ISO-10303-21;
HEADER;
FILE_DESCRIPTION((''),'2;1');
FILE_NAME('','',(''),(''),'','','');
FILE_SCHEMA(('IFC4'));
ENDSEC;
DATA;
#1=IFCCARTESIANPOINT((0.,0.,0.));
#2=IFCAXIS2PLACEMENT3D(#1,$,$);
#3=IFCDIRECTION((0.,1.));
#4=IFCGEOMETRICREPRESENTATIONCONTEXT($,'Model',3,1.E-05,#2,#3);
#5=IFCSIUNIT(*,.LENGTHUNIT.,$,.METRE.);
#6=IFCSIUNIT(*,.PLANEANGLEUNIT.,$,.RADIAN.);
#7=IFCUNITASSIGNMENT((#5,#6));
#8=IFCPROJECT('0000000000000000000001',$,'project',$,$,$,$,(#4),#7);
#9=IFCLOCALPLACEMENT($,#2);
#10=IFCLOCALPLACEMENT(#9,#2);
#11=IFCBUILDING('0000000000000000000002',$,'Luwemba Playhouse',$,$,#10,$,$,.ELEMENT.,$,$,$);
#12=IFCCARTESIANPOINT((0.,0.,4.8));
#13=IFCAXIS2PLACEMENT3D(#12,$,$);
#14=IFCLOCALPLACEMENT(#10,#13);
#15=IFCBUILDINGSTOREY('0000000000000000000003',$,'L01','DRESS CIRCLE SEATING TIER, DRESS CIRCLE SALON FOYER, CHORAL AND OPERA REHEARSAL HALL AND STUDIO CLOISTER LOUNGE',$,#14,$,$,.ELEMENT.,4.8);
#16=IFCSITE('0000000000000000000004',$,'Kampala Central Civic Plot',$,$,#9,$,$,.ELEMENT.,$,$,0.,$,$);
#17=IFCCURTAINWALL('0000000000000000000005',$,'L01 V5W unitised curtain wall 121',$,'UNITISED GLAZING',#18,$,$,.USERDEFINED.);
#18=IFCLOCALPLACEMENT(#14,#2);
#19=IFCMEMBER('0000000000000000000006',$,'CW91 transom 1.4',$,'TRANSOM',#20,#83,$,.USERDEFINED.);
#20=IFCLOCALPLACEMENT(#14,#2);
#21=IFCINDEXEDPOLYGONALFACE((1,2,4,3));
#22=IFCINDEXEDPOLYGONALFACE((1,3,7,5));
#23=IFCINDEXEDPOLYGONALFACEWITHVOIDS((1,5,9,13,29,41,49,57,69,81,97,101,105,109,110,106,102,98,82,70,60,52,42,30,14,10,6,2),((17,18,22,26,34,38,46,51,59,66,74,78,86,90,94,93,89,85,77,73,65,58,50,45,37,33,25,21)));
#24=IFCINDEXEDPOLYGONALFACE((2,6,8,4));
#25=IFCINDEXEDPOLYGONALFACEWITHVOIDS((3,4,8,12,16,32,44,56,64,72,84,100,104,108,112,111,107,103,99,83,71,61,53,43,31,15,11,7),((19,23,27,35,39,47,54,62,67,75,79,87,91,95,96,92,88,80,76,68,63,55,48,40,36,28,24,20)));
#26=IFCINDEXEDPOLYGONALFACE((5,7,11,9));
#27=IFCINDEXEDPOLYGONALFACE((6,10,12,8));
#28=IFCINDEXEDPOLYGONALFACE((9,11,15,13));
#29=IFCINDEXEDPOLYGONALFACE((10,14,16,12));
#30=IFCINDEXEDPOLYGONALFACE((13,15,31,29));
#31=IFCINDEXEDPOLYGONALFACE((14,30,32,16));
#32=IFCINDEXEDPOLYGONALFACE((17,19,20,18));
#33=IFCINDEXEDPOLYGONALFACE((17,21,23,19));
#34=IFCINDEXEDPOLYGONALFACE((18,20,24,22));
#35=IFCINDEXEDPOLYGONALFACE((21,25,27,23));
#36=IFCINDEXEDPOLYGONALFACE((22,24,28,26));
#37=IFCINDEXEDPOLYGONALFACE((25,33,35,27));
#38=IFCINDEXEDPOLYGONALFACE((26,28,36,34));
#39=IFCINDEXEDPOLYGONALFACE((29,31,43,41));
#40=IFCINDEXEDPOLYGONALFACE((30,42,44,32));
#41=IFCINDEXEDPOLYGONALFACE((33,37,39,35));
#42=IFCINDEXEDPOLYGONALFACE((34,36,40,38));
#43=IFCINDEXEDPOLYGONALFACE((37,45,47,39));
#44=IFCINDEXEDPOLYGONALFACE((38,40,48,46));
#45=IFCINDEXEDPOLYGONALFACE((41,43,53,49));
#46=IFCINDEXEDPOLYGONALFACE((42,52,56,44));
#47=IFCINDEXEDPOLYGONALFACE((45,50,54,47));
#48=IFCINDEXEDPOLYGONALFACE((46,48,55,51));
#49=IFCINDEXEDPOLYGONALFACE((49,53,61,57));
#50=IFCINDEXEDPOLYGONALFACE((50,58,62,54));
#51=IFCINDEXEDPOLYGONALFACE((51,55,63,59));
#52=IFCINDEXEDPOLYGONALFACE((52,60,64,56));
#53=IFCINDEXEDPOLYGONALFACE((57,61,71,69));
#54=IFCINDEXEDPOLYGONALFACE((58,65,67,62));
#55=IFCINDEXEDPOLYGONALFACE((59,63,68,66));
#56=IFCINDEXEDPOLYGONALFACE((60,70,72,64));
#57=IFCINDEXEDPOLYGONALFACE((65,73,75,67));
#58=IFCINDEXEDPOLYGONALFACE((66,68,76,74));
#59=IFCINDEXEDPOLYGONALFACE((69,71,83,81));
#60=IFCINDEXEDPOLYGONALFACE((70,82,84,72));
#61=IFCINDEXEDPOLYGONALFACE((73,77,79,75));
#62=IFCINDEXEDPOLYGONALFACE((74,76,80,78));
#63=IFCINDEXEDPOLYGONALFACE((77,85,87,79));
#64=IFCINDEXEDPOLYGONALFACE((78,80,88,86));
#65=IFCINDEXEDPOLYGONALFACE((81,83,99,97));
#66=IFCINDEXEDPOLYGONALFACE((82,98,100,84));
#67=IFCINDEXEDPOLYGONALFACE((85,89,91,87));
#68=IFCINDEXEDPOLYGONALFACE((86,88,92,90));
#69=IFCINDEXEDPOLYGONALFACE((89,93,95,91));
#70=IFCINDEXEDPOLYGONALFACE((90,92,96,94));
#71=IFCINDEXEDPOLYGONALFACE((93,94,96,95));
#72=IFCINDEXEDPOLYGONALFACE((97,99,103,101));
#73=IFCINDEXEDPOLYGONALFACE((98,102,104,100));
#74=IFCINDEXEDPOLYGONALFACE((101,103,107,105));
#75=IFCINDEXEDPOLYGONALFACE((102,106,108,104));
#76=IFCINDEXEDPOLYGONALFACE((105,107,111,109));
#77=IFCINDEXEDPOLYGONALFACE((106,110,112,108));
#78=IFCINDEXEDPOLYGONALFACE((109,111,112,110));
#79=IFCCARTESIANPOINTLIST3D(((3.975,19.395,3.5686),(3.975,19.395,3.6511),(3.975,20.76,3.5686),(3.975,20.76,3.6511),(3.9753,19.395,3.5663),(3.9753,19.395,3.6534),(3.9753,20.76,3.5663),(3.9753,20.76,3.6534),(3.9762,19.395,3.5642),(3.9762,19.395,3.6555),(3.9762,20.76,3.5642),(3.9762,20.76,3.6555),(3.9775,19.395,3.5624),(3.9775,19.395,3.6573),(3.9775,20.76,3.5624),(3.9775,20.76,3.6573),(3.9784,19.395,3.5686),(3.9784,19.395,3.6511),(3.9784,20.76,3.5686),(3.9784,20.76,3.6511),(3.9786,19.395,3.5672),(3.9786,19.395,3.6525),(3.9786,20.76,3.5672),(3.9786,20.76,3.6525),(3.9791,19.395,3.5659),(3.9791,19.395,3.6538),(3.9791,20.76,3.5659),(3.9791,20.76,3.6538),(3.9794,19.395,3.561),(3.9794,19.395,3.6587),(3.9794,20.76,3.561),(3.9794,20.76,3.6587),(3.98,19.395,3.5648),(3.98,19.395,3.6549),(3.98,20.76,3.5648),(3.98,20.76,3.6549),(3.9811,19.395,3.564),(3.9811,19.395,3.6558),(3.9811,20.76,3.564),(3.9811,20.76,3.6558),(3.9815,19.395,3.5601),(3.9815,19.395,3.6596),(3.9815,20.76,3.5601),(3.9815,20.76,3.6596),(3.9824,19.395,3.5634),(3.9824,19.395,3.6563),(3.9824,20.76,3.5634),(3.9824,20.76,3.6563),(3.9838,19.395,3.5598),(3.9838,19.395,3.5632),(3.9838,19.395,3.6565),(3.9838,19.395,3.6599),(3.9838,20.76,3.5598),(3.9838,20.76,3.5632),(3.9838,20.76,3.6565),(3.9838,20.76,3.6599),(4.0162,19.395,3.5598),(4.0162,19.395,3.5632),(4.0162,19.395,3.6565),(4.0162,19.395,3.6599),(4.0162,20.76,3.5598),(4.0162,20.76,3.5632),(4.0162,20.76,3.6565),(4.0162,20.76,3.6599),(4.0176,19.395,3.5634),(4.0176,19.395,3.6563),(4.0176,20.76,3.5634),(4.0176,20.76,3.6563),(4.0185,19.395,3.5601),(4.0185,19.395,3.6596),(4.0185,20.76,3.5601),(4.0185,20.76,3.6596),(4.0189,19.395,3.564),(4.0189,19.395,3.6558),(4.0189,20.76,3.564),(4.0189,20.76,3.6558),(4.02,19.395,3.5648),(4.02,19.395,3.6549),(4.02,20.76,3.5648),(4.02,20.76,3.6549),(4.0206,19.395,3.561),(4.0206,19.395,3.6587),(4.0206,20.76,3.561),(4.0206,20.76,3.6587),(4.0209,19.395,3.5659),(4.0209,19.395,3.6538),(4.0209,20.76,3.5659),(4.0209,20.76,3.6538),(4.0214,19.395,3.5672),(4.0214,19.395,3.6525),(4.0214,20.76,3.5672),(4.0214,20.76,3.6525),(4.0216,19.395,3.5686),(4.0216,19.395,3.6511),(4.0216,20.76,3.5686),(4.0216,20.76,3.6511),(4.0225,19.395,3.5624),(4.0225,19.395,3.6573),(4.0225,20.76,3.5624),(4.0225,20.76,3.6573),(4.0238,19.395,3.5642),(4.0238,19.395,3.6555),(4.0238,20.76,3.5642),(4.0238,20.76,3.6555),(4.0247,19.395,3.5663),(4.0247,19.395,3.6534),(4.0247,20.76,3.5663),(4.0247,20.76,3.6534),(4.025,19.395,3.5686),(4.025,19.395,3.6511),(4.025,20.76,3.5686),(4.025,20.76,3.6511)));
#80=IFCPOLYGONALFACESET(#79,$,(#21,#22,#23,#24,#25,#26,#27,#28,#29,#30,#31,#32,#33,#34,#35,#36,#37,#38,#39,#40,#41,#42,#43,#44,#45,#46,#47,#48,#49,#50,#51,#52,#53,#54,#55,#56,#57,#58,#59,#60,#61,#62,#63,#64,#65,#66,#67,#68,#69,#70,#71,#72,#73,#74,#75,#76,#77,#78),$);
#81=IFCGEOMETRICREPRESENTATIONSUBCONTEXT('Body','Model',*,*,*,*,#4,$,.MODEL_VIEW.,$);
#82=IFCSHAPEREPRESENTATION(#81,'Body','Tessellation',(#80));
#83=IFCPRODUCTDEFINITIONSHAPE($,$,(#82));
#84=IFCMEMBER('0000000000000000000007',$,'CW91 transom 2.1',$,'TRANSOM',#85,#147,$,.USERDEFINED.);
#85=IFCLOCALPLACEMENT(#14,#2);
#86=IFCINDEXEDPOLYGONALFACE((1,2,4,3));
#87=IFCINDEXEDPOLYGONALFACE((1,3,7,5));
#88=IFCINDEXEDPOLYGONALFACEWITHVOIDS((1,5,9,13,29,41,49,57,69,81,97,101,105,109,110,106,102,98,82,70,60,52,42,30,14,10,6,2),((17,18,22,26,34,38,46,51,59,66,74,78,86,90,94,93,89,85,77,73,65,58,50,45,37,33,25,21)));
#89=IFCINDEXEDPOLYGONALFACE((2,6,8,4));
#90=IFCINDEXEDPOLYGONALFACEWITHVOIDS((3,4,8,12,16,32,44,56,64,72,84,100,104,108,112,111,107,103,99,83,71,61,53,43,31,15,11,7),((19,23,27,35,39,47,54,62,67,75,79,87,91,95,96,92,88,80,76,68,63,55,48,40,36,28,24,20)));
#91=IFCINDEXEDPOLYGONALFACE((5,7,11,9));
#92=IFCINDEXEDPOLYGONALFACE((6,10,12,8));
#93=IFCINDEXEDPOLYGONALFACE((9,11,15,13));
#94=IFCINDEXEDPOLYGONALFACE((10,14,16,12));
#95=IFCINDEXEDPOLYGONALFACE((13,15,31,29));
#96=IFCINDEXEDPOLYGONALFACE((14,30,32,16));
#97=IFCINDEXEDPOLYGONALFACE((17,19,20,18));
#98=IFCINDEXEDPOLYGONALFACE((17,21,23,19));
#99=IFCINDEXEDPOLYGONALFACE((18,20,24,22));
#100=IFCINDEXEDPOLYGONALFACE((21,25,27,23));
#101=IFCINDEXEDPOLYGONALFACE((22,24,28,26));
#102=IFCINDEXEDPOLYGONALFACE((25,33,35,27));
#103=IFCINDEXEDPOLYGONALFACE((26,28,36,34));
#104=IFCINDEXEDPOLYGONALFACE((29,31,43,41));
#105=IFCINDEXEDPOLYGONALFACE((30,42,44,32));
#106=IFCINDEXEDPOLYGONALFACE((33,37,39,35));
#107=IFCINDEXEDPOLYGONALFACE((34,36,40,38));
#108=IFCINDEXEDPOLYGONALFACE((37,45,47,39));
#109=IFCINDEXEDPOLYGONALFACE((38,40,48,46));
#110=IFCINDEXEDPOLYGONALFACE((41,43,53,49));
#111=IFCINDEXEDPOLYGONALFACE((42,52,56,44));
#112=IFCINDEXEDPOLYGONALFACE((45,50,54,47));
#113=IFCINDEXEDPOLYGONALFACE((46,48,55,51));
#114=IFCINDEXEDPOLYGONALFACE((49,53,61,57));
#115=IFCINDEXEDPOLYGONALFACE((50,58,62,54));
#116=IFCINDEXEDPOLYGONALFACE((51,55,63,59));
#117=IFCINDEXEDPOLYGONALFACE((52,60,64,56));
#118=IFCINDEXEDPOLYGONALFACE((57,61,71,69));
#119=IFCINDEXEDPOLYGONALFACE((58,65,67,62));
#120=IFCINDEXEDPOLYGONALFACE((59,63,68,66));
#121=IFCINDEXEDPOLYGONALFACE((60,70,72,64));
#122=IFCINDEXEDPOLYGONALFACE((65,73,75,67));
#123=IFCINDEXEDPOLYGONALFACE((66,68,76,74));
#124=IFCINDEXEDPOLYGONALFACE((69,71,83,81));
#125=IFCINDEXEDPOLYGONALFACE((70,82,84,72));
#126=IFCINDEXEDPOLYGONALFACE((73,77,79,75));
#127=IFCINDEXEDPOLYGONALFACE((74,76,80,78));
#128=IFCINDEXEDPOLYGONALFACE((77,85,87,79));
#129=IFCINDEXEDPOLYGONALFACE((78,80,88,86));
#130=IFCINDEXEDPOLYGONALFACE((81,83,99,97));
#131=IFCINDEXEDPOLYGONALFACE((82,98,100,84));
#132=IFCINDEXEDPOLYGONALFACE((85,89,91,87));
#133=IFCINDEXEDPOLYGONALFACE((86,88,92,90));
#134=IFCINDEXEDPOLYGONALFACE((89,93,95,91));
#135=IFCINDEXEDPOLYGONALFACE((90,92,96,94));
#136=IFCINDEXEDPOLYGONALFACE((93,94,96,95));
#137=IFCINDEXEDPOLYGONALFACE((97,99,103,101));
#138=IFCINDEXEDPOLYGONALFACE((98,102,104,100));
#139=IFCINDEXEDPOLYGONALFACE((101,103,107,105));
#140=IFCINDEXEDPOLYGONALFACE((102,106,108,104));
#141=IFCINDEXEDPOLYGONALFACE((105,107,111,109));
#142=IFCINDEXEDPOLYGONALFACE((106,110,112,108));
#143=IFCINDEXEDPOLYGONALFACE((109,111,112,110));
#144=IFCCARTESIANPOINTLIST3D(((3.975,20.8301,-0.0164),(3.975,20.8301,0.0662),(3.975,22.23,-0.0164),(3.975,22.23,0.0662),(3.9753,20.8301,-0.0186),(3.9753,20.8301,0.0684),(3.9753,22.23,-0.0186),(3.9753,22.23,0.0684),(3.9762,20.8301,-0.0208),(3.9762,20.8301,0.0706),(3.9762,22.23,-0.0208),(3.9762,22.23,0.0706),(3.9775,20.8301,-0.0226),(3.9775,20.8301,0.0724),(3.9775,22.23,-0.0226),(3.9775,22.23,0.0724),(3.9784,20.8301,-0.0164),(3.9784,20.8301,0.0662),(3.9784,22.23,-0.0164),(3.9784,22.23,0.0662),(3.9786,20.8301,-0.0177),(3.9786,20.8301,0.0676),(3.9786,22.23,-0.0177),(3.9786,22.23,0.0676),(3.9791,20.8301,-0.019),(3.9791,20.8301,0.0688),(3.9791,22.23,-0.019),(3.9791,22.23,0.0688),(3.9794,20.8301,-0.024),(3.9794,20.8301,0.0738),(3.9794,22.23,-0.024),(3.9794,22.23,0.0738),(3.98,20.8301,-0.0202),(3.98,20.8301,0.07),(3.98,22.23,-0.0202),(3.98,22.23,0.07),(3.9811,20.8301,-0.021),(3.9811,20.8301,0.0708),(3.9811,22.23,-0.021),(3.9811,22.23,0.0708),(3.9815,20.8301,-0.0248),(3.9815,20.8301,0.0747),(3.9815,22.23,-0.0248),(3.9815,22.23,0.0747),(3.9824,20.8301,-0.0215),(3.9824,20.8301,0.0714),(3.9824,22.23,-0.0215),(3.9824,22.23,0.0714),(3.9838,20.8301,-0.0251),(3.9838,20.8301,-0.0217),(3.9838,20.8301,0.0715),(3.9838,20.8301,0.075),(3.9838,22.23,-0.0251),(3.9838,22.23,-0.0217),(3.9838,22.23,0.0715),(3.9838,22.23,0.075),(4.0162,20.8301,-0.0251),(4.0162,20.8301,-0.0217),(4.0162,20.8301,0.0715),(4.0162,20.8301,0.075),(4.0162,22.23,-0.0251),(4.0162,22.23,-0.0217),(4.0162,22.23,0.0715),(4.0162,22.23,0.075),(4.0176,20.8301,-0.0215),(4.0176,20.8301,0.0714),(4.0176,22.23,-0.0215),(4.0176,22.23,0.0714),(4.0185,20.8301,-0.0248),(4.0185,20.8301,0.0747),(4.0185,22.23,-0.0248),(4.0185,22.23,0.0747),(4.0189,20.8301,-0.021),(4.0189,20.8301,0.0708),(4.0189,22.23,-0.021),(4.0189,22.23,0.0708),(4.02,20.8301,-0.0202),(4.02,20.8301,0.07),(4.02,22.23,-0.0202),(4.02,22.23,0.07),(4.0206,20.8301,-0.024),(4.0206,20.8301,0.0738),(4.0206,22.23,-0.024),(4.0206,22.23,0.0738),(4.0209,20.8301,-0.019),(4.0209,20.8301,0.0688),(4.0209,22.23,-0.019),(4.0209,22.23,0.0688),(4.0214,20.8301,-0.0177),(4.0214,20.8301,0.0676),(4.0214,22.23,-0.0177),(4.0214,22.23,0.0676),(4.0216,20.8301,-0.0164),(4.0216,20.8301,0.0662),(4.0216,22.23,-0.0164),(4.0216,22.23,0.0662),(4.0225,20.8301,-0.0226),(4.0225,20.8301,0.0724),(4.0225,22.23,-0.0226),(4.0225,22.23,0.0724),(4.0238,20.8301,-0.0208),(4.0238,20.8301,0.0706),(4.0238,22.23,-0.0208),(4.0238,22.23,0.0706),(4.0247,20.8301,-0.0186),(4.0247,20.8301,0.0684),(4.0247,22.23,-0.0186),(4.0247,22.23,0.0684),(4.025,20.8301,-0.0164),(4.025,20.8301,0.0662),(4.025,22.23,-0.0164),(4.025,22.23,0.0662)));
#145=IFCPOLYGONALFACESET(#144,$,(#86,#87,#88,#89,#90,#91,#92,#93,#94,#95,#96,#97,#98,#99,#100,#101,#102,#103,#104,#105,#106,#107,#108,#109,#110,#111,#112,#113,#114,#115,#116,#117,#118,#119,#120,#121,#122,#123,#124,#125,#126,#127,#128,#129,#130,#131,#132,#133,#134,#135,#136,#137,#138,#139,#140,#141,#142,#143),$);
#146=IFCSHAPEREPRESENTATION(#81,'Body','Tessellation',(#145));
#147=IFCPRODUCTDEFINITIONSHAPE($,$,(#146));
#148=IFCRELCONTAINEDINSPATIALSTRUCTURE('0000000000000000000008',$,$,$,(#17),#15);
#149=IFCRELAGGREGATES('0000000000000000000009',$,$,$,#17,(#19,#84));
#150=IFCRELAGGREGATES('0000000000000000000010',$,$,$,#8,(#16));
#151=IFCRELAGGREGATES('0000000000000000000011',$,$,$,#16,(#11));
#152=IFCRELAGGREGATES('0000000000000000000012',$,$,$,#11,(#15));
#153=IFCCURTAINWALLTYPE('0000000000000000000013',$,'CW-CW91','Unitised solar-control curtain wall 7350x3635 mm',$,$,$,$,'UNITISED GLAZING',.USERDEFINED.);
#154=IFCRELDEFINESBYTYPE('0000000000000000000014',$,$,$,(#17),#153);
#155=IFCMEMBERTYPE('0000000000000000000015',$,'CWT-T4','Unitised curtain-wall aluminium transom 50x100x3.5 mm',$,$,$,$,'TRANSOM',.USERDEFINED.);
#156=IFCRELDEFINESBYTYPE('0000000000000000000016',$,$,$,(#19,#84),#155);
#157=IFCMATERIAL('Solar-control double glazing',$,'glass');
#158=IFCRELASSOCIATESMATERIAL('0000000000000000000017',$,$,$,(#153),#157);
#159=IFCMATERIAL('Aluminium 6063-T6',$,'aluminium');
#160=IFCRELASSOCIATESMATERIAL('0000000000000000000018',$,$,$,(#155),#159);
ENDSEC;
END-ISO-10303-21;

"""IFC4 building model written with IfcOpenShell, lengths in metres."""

from ifc_helpers import new_model, si_unit, direction, frame, origin, origin_2d, place, context, subcontext, project, spatial, hollow_rectangle, extrude, material, material_profile, profile_set, type_object, element, aggregate, save


model = new_model("IFC4")

# Units and contexts
model_context = context("Model", 3, precision=1e-05, world=origin(), true_north=direction((0.0, 1.0)))
body_context = subcontext(model_context, "Body", "Model", "MODEL_VIEW")
ifc_project = project(units=[si_unit("LENGTHUNIT", "METRE"), si_unit("PLANEANGLEUNIT", "RADIAN")], contexts=[model_context])

# Site, building, storey
site_placement = place(None, origin())
site = spatial("IfcSite", under=ifc_project, at=site_placement, Name="Kampala Central Civic Plot", CompositionType="ELEMENT", RefElevation=0.0)
building_placement = place(site_placement, origin())
building = spatial("IfcBuilding", under=site, at=building_placement, Name="Luwemba Playhouse", CompositionType="ELEMENT")
storey_placement = place(building_placement, frame((0.0, 0.0, 4.8)))
storey = spatial("IfcBuildingStorey", under=building, at=storey_placement, Name="L01", Description="DRESS CIRCLE SEATING TIER, DRESS CIRCLE SALON FOYER, CHORAL AND OPERA REHEARSAL HALL AND STUDIO CLOISTER LOUNGE", CompositionType="ELEMENT", Elevation=4.8)

# Curtain wall
ifc_material_1 = material(Name="Solar-control double glazing", Category="glass")
ifc_material_2 = material(Name="Aluminium 6063-T6", Category="aluminium")
curtain_wall_type_1 = type_object("IfcCurtainWallType", Name="CW-CW91", Description="Unitised solar-control curtain wall 7350x3635 mm", ElementType="UNITISED GLAZING", PredefinedType="USERDEFINED", material=ifc_material_1)
curtain_wall_1_placement = place(storey_placement, origin())
curtain_wall_1 = element("IfcCurtainWall", 1, at=curtain_wall_1_placement, inside=storey, type_object=curtain_wall_type_1, Name="L01 V5W unitised curtain wall 121", ObjectType="UNITISED GLAZING", PredefinedType="USERDEFINED")

# Members
ifc_material_profile_1 = material_profile(ifc_material_2, hollow_rectangle(XDim=0.05, YDim=0.1001, WallThickness=0.0034, InnerFilletRadius=0.0054, OuterFilletRadius=0.0088, at=origin_2d()))
ifc_profile_set_1 = profile_set([ifc_material_profile_1], Name="Aluminium 6063-T6")
member_type_1 = type_object("IfcMemberType", Name="CWT-T4", Description="Unitised curtain-wall aluminium transom 50x100x3.5 mm", ElementType="TRANSOM", PredefinedType="USERDEFINED", material=ifc_profile_set_1)
member_1_placement = place(storey_placement, frame((4.0, 19.395, 3.6099), z_axis=(0.0, 1.0, 0.0), x_axis=(-1.0, 0.0, 0.0)))
member_1 = element("IfcMember", 2, at=member_1_placement, type_object=member_type_1, Name="CW91 transom 1.4", ObjectType="TRANSOM", PredefinedType="USERDEFINED", context=body_context, shape_type="SweptSolid", body=[
    extrude(hollow_rectangle(XDim=0.05, YDim=0.1001, WallThickness=0.0034, InnerFilletRadius=0.0054, OuterFilletRadius=0.0088, at=origin_2d()), origin(), (0.0, 0.0, 1.0), 1.365),
])
member_2_placement = place(storey_placement, frame((4.0, 20.8301, 0.0249), z_axis=(0.0, 1.0, 0.0), x_axis=(-1.0, 0.0, 0.0)))
member_2 = element("IfcMember", 3, at=member_2_placement, type_object=member_type_1, Name="CW91 transom 2.1", ObjectType="TRANSOM", PredefinedType="USERDEFINED", context=body_context, shape_type="SweptSolid", body=[
    extrude(hollow_rectangle(XDim=0.05, YDim=0.1001, WallThickness=0.0034, InnerFilletRadius=0.0054, OuterFilletRadius=0.0088, at=origin_2d()), origin(), (0.0, 0.0, 1.0), 1.3999),
])

aggregate(curtain_wall_1, [member_1, member_2])

save(model, "model.ifc")
